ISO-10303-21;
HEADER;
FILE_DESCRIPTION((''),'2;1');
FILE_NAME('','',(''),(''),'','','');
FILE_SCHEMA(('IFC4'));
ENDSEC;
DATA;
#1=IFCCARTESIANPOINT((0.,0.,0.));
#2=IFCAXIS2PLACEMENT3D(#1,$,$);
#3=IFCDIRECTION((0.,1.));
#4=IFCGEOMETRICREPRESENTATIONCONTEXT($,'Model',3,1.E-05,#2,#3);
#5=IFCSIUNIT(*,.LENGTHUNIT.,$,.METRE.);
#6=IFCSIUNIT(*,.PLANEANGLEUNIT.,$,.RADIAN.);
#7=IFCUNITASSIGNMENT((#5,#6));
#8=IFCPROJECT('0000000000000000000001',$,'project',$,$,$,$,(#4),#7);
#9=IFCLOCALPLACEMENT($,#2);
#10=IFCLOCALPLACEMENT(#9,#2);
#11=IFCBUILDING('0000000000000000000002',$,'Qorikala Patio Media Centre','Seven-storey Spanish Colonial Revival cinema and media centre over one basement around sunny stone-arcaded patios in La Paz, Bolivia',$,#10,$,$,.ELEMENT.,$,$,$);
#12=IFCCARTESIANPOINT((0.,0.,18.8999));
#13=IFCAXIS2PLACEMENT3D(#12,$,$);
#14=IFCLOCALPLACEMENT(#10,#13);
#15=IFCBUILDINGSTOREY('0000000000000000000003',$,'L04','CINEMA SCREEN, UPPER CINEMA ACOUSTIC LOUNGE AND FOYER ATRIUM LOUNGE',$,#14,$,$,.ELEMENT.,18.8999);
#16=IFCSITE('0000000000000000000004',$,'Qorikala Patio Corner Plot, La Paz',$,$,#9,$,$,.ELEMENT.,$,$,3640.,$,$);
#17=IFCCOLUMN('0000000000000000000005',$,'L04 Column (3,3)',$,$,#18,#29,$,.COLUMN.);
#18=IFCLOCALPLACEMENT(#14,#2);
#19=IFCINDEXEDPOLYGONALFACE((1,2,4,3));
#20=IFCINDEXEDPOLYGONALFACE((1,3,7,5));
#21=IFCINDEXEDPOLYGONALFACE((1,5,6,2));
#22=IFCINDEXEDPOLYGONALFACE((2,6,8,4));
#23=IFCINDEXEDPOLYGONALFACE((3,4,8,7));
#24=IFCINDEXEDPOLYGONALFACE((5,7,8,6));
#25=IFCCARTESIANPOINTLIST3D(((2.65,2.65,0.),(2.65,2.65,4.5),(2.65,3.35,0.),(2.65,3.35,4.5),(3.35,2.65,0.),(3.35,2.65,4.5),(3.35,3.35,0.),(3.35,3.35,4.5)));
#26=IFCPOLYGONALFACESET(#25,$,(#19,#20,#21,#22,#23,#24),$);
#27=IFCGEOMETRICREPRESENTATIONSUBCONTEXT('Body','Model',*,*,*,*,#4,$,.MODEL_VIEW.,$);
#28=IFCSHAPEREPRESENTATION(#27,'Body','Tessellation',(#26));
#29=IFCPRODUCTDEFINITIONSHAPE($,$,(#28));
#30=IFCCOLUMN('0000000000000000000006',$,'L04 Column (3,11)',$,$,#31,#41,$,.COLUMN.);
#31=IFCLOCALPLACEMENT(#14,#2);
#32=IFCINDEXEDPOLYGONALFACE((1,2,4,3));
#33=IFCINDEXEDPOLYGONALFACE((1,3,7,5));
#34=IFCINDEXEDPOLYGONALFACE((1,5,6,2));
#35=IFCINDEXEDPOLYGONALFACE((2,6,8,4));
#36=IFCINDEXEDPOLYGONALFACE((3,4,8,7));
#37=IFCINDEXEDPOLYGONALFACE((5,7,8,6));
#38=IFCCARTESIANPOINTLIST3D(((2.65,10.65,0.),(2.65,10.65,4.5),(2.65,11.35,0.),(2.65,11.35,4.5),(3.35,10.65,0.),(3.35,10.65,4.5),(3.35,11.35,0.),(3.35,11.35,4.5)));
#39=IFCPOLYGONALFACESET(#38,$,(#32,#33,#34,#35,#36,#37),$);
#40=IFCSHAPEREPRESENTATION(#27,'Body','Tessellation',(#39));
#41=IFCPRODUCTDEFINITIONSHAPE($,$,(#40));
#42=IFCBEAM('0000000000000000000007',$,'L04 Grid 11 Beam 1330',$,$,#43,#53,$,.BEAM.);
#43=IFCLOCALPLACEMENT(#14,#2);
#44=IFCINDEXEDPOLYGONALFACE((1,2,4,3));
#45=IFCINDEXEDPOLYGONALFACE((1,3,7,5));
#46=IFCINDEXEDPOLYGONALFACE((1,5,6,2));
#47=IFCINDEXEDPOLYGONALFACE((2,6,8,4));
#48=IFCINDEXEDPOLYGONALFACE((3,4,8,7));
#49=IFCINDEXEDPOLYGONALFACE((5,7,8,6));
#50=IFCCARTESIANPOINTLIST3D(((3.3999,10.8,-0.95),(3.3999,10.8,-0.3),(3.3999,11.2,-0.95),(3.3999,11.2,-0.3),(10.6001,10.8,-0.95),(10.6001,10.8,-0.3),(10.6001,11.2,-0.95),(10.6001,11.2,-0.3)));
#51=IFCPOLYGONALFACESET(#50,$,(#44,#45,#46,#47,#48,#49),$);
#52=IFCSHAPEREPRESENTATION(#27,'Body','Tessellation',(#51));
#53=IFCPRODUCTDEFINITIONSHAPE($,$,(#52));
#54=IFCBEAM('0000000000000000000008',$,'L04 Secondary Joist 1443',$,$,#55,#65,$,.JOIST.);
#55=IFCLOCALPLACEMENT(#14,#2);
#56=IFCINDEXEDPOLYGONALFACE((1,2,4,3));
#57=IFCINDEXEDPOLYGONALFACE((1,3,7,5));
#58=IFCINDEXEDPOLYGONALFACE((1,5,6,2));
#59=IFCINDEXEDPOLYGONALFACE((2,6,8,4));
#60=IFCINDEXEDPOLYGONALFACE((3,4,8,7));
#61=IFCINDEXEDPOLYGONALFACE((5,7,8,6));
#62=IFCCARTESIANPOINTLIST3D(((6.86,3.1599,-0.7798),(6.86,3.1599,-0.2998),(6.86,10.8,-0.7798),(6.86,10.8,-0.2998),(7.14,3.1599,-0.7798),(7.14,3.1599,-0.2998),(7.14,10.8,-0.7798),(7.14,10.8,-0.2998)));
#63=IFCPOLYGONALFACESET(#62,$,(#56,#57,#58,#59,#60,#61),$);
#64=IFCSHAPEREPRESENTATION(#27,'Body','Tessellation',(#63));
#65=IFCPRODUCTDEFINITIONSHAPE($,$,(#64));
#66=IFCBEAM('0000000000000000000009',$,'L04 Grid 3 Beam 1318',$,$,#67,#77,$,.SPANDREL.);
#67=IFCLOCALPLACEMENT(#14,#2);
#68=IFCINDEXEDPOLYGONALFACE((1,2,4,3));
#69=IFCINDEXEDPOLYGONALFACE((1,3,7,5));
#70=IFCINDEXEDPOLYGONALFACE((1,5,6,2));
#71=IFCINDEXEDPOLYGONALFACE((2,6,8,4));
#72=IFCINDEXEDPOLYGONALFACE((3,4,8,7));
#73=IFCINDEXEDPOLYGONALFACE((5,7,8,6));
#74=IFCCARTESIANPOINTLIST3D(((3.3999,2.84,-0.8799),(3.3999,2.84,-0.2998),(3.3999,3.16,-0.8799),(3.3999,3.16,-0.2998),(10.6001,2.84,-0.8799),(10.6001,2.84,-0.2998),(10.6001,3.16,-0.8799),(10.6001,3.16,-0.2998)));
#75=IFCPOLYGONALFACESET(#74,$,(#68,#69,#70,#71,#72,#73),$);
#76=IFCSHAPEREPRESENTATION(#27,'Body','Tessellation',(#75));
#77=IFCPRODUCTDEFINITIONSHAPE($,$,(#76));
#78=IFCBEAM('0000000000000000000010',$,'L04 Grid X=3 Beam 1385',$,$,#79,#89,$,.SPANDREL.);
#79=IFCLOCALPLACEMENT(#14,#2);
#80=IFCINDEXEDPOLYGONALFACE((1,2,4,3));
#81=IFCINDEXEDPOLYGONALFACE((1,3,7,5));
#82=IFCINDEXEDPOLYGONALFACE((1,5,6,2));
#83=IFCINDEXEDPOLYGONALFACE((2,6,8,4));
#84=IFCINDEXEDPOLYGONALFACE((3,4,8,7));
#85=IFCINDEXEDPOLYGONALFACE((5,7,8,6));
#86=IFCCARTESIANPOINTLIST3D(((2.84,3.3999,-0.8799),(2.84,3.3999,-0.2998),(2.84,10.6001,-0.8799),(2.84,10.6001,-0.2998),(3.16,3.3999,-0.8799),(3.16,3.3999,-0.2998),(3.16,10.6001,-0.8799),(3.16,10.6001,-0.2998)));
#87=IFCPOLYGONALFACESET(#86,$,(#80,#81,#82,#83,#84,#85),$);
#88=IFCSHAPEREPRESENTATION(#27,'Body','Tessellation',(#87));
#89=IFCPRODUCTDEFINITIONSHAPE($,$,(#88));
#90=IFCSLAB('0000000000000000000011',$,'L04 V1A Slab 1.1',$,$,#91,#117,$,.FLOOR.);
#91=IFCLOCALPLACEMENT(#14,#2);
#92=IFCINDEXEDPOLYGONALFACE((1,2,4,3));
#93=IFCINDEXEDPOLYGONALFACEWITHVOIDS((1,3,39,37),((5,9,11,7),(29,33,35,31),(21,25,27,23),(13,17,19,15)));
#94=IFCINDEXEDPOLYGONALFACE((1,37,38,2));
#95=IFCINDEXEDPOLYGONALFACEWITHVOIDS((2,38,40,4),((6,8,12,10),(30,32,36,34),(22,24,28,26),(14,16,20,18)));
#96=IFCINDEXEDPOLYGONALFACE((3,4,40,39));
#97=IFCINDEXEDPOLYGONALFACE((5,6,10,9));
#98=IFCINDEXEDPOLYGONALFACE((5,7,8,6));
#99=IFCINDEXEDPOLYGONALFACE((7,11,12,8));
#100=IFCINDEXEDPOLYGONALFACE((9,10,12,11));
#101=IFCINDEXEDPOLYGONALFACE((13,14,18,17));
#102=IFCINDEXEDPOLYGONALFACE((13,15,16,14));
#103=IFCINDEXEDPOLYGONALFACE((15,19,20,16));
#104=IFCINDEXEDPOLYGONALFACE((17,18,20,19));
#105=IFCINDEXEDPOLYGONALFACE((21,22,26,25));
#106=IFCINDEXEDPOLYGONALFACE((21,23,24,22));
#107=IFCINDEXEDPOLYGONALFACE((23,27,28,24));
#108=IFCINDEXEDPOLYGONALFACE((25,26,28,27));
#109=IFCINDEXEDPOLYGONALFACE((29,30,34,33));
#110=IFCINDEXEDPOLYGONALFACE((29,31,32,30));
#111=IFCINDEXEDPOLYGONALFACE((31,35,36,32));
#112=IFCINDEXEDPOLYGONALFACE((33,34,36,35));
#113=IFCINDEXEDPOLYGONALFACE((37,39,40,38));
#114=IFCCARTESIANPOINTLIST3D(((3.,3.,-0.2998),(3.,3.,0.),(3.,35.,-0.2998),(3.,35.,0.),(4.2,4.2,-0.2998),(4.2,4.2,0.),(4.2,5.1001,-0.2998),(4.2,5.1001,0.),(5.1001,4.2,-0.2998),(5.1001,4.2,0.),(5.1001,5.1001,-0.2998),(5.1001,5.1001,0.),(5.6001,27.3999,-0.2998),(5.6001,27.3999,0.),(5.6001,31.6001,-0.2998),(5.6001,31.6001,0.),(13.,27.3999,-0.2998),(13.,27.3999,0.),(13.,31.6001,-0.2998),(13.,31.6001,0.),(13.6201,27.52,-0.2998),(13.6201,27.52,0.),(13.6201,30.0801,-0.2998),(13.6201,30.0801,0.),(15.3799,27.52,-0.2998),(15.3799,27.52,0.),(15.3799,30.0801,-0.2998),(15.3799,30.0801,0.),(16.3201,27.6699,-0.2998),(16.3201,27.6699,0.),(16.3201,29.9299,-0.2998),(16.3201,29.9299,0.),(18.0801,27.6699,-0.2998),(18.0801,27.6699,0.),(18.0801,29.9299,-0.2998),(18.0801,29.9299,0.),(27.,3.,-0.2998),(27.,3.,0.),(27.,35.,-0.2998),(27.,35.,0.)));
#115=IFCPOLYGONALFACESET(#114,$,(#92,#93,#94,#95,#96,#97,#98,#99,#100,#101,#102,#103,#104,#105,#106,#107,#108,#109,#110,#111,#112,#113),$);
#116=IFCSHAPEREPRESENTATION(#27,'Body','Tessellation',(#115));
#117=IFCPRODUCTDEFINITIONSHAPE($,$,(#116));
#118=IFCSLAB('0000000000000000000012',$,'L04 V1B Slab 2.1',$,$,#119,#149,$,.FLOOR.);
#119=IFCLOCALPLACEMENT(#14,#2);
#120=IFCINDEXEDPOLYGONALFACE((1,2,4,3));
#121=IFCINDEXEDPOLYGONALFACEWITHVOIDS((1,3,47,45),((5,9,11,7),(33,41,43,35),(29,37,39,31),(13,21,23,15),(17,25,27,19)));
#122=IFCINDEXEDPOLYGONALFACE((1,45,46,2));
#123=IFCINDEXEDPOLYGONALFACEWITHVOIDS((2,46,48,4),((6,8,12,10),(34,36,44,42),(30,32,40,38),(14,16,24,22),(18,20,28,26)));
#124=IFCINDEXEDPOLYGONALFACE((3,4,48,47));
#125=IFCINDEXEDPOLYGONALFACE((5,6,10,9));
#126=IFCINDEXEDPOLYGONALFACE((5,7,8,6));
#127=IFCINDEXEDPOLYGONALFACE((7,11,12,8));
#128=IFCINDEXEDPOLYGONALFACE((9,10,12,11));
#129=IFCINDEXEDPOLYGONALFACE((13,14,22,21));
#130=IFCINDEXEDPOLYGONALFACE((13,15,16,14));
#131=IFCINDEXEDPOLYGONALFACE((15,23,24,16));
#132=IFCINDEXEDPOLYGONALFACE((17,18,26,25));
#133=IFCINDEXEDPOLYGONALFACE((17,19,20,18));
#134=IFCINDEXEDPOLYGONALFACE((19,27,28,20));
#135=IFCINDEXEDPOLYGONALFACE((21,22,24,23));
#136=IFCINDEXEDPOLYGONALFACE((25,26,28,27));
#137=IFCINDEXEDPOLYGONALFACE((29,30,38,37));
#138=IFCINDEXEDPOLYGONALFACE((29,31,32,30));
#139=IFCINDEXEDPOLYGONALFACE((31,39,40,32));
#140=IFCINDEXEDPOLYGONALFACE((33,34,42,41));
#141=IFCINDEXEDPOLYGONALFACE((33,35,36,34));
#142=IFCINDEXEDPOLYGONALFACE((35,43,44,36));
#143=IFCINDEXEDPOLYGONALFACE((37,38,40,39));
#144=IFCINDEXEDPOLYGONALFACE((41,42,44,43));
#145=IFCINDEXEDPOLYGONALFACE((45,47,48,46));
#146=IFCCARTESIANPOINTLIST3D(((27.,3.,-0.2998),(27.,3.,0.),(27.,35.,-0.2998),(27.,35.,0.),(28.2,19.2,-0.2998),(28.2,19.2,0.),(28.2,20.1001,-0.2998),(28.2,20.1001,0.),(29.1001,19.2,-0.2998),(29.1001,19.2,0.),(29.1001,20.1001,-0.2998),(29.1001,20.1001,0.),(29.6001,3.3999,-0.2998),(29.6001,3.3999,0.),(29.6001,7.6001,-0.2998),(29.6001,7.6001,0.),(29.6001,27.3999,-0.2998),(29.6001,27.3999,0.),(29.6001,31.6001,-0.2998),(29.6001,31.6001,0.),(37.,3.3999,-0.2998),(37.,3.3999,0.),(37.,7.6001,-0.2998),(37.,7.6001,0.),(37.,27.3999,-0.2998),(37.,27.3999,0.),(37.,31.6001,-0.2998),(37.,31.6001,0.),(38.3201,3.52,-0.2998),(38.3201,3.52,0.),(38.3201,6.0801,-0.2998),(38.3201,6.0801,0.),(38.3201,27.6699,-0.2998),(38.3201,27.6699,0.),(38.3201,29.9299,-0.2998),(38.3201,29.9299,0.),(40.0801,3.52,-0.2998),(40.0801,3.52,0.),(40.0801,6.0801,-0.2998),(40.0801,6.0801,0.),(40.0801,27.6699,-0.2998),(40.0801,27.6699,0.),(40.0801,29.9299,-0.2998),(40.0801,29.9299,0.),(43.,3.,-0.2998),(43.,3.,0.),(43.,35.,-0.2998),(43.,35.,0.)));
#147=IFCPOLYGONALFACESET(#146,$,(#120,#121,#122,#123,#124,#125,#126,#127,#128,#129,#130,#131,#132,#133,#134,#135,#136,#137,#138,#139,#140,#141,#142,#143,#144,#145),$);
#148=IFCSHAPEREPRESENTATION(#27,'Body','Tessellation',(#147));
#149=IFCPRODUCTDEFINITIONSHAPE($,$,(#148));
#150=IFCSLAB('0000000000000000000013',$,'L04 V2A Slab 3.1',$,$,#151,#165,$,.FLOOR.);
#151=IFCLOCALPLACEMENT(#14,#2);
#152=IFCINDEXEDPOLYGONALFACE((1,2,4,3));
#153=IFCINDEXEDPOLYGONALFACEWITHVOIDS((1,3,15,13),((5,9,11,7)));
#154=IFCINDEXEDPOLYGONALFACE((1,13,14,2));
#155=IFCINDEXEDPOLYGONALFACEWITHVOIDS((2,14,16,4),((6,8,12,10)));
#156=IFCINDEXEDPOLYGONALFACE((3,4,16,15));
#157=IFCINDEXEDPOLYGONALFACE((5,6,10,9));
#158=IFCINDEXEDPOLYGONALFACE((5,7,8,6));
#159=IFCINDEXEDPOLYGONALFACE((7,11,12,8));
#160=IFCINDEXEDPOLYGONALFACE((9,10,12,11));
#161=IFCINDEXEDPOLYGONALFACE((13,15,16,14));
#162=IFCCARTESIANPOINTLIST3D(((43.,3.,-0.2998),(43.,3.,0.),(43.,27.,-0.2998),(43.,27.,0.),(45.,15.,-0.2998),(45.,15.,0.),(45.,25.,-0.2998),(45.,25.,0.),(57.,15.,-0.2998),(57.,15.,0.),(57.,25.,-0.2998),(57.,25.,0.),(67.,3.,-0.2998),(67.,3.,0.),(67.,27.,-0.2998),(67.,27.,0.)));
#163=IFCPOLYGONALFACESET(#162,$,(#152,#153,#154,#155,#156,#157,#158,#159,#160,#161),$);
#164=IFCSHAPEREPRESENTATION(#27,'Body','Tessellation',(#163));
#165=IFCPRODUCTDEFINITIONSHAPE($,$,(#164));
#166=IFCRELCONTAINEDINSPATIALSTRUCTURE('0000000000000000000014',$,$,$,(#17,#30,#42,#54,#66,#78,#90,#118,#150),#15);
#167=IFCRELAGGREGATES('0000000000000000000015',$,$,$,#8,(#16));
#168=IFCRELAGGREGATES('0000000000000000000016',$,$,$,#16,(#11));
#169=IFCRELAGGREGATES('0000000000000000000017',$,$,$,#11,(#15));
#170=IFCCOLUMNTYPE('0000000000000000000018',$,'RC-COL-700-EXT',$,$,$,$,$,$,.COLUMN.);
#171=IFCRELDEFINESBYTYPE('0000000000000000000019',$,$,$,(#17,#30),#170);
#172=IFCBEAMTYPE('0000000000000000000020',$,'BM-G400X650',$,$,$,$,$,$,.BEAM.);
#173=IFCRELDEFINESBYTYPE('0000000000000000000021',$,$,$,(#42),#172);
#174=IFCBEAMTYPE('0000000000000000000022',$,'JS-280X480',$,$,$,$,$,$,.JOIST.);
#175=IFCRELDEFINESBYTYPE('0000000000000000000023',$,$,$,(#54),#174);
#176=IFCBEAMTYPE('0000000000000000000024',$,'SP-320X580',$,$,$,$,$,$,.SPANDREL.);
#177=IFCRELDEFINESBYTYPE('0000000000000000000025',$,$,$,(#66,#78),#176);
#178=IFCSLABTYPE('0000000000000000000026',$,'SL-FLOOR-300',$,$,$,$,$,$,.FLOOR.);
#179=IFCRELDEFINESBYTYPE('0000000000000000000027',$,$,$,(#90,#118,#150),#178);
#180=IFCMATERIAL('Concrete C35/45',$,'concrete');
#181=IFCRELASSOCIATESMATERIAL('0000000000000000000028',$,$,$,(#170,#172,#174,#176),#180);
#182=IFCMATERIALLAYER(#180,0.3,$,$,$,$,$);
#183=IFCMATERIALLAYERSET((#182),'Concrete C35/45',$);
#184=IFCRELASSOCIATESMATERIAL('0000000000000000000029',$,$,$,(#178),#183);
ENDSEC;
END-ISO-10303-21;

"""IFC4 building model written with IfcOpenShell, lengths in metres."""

from ifc_helpers import new_model, si_unit, direction, frame, origin, origin_2d, place, context, subcontext, project, spatial, polyline, rectangle, outline, extrude, material, layer, layer_set, material_profile, profile_set, type_object, element, save


model = new_model("IFC4")

# Units and contexts
model_context = context("Model", 3, precision=1e-05, world=origin(), true_north=direction((0.0, 1.0)))
body_context = subcontext(model_context, "Body", "Model", "MODEL_VIEW")
ifc_project = project(units=[si_unit("LENGTHUNIT", "METRE"), si_unit("PLANEANGLEUNIT", "RADIAN")], contexts=[model_context])

# Site, building, storey
site_placement = place(None, origin())
site = spatial("IfcSite", under=ifc_project, at=site_placement, Name="Qorikala Patio Corner Plot, La Paz", CompositionType="ELEMENT", RefElevation=3640.0)
building_placement = place(site_placement, origin())
building = spatial("IfcBuilding", under=site, at=building_placement, Name="Qorikala Patio Media Centre", Description="Seven-storey Spanish Colonial Revival cinema and media centre over one basement around sunny stone-arcaded patios in La Paz, Bolivia", CompositionType="ELEMENT")
storey_placement = place(building_placement, frame((0.0, 0.0, 18.8999)))
storey = spatial("IfcBuildingStorey", under=building, at=storey_placement, Name="L04", Description="CINEMA SCREEN, UPPER CINEMA ACOUSTIC LOUNGE AND FOYER ATRIUM LOUNGE", CompositionType="ELEMENT", Elevation=18.8999)

# Columns
ifc_material_1 = material(Name="Concrete C35/45", Category="concrete")
ifc_material_profile_1 = material_profile(ifc_material_1, rectangle(XDim=0.7, YDim=0.7, at=origin_2d()), Name="RC 700x700")
ifc_profile_set_1 = profile_set([ifc_material_profile_1], Name="Concrete C35/45")
column_type = type_object("IfcColumnType", Name="RC-COL-700-EXT", PredefinedType="COLUMN", material=ifc_profile_set_1)
for number, where, z_axis, x_axis, name in (
    (1, (3.0, 3.0, 0.0), (0.0, 0.0, 1.0), (1.0, 0.0, 0.0), "L04 Column (3,3)"),
    (2, (3.0, 11.0, 0.0), (0.0, 0.0, 1.0), (1.0, 0.0, 0.0), "L04 Column (3,11)"),
):
    element("IfcColumn", number, at=place(storey_placement, frame(where, z_axis=z_axis, x_axis=x_axis)), inside=storey, type_object=column_type, Name=name, PredefinedType="COLUMN", context=body_context, shape_type="SweptSolid", body=[
        extrude(rectangle(XDim=0.7, YDim=0.7, at=origin_2d()), origin(), (0.0, 0.0, 1.0), 4.5),
    ])

# Beams
ifc_material_profile_2 = material_profile(ifc_material_1, rectangle(XDim=0.3999, YDim=0.6499, at=origin_2d()), Name="RC 400x650")
ifc_profile_set_2 = profile_set([ifc_material_profile_2], Name="Concrete C35/45")
beam_type_1 = type_object("IfcBeamType", Name="BM-G400X650", PredefinedType="BEAM", material=ifc_profile_set_2)
beam_1_placement = place(storey_placement, frame((3.3999, 11.0, -0.625), z_axis=(1.0, 0.0, 0.0), x_axis=(0.0, 1.0, 0.0)))
element("IfcBeam", 3, at=beam_1_placement, inside=storey, type_object=beam_type_1, Name="L04 Grid 11 Beam 1330", PredefinedType="BEAM", context=body_context, shape_type="SweptSolid", body=[
    extrude(rectangle(XDim=0.3999, YDim=0.6499, at=origin_2d()), origin(), (0.0, 0.0, 1.0), 7.2002),
])
ifc_material_profile_3 = material_profile(ifc_material_1, rectangle(XDim=0.28, YDim=0.48, at=origin_2d()), Name="RC 280x480")
ifc_profile_set_3 = profile_set([ifc_material_profile_3], Name="Concrete C35/45")
beam_type_2 = type_object("IfcBeamType", Name="JS-280X480", PredefinedType="JOIST", material=ifc_profile_set_3)
beam_2_placement = place(storey_placement, frame((7.0, 3.1599, -0.5398), z_axis=(0.0, 1.0, 0.0), x_axis=(-1.0, 0.0, 0.0)))
element("IfcBeam", 4, at=beam_2_placement, inside=storey, type_object=beam_type_2, Name="L04 Secondary Joist 1443", PredefinedType="JOIST", context=body_context, shape_type="SweptSolid", body=[
    extrude(rectangle(XDim=0.28, YDim=0.48, at=origin_2d()), origin(), (0.0, 0.0, 1.0), 7.6401),
])
ifc_material_profile_4 = material_profile(ifc_material_1, rectangle(XDim=0.3201, YDim=0.5801, at=origin_2d()), Name="RC 320x580")
ifc_profile_set_4 = profile_set([ifc_material_profile_4], Name="Concrete C35/45")
beam_type_3 = type_object("IfcBeamType", Name="SP-320X580", PredefinedType="SPANDREL", material=ifc_profile_set_4)
for number, where, z_axis, x_axis, name in (
    (5, (3.3999, 3.0, -0.5898), (1.0, 0.0, 0.0), (0.0, 1.0, 0.0), "L04 Grid 3 Beam 1318"),
    (6, (3.0, 3.3999, -0.5898), (0.0, 1.0, 0.0), (-1.0, 0.0, 0.0), "L04 Grid X=3 Beam 1385"),
):
    element("IfcBeam", number, at=place(storey_placement, frame(where, z_axis=z_axis, x_axis=x_axis)), inside=storey, type_object=beam_type_3, Name=name, PredefinedType="SPANDREL", context=body_context, shape_type="SweptSolid", body=[
        extrude(rectangle(XDim=0.3201, YDim=0.5801, at=origin_2d()), origin(), (0.0, 0.0, 1.0), 7.2002),
    ])

# Slabs
ifc_layer_1 = layer(ifc_material_1, 0.3)
ifc_layer_set_1 = layer_set([ifc_layer_1], Name="Concrete C35/45")
slab_type_1 = type_object("IfcSlabType", Name="SL-FLOOR-300", PredefinedType="FLOOR", material=ifc_layer_set_1)
slab_1_placement = place(storey_placement, frame((0.0, 0.0, -0.2998)))
element("IfcSlab", 7, at=slab_1_placement, inside=storey, type_object=slab_type_1, Name="L04 V1A Slab 1.1", PredefinedType="FLOOR", context=body_context, shape_type="SweptSolid", body=[
    extrude(outline(polyline([(3.0, 35.0), (27.0, 35.0), (27.0, 3.0), (3.0, 3.0), (3.0, 35.0)]), holes=[polyline([(5.1001, 4.2), (5.1001, 5.1001), (4.2, 5.1001), (4.2, 4.2), (5.1001, 4.2)]), polyline([(15.3799, 27.52), (15.3799, 30.0801), (13.6201, 30.0801), (13.6201, 27.52), (15.3799, 27.52)]), polyline([(18.0801, 27.6699), (18.0801, 29.9299), (16.3201, 29.9299), (16.3201, 27.6699), (18.0801, 27.6699)]), polyline([(13.0, 27.3999), (13.0, 31.6001), (5.6001, 31.6001), (5.6001, 27.3999), (13.0, 27.3999)])]), origin(), (0.0, 0.0, 1.0), 0.2998),
])
slab_2_placement = place(storey_placement, frame((0.0, 0.0, -0.2998)))
element("IfcSlab", 8, at=slab_2_placement, inside=storey, type_object=slab_type_1, Name="L04 V1B Slab 2.1", PredefinedType="FLOOR", context=body_context, shape_type="SweptSolid", body=[
    extrude(outline(polyline([(43.0, 3.0), (27.0, 3.0), (27.0, 35.0), (43.0, 35.0), (43.0, 3.0)]), holes=[polyline([(37.0, 3.3999), (37.0, 7.6001), (29.6001, 7.6001), (29.6001, 3.3999), (37.0, 3.3999)]), polyline([(29.1001, 19.2), (29.1001, 20.1001), (28.2, 20.1001), (28.2, 19.2), (29.1001, 19.2)]), polyline([(40.0801, 3.52), (40.0801, 6.0801), (38.3201, 6.0801), (38.3201, 3.52), (40.0801, 3.52)]), polyline([(40.0801, 27.6699), (40.0801, 29.9299), (38.3201, 29.9299), (38.3201, 27.6699), (40.0801, 27.6699)]), polyline([(37.0, 27.3999), (37.0, 31.6001), (29.6001, 31.6001), (29.6001, 27.3999), (37.0, 27.3999)])]), origin(), (0.0, 0.0, 1.0), 0.2998),
])
slab_3_placement = place(storey_placement, frame((0.0, 0.0, -0.2998)))
element("IfcSlab", 9, at=slab_3_placement, inside=storey, type_object=slab_type_1, Name="L04 V2A Slab 3.1", PredefinedType="FLOOR", context=body_context, shape_type="SweptSolid", body=[
    extrude(outline(polyline([(67.0, 3.0), (43.0, 3.0), (43.0, 27.0), (67.0, 27.0), (67.0, 3.0)]), holes=[polyline([(57.0, 25.0), (45.0, 25.0), (45.0, 15.0), (57.0, 15.0), (57.0, 25.0)])]), origin(), (0.0, 0.0, 1.0), 0.2998),
])

save(model, "model.ifc")
